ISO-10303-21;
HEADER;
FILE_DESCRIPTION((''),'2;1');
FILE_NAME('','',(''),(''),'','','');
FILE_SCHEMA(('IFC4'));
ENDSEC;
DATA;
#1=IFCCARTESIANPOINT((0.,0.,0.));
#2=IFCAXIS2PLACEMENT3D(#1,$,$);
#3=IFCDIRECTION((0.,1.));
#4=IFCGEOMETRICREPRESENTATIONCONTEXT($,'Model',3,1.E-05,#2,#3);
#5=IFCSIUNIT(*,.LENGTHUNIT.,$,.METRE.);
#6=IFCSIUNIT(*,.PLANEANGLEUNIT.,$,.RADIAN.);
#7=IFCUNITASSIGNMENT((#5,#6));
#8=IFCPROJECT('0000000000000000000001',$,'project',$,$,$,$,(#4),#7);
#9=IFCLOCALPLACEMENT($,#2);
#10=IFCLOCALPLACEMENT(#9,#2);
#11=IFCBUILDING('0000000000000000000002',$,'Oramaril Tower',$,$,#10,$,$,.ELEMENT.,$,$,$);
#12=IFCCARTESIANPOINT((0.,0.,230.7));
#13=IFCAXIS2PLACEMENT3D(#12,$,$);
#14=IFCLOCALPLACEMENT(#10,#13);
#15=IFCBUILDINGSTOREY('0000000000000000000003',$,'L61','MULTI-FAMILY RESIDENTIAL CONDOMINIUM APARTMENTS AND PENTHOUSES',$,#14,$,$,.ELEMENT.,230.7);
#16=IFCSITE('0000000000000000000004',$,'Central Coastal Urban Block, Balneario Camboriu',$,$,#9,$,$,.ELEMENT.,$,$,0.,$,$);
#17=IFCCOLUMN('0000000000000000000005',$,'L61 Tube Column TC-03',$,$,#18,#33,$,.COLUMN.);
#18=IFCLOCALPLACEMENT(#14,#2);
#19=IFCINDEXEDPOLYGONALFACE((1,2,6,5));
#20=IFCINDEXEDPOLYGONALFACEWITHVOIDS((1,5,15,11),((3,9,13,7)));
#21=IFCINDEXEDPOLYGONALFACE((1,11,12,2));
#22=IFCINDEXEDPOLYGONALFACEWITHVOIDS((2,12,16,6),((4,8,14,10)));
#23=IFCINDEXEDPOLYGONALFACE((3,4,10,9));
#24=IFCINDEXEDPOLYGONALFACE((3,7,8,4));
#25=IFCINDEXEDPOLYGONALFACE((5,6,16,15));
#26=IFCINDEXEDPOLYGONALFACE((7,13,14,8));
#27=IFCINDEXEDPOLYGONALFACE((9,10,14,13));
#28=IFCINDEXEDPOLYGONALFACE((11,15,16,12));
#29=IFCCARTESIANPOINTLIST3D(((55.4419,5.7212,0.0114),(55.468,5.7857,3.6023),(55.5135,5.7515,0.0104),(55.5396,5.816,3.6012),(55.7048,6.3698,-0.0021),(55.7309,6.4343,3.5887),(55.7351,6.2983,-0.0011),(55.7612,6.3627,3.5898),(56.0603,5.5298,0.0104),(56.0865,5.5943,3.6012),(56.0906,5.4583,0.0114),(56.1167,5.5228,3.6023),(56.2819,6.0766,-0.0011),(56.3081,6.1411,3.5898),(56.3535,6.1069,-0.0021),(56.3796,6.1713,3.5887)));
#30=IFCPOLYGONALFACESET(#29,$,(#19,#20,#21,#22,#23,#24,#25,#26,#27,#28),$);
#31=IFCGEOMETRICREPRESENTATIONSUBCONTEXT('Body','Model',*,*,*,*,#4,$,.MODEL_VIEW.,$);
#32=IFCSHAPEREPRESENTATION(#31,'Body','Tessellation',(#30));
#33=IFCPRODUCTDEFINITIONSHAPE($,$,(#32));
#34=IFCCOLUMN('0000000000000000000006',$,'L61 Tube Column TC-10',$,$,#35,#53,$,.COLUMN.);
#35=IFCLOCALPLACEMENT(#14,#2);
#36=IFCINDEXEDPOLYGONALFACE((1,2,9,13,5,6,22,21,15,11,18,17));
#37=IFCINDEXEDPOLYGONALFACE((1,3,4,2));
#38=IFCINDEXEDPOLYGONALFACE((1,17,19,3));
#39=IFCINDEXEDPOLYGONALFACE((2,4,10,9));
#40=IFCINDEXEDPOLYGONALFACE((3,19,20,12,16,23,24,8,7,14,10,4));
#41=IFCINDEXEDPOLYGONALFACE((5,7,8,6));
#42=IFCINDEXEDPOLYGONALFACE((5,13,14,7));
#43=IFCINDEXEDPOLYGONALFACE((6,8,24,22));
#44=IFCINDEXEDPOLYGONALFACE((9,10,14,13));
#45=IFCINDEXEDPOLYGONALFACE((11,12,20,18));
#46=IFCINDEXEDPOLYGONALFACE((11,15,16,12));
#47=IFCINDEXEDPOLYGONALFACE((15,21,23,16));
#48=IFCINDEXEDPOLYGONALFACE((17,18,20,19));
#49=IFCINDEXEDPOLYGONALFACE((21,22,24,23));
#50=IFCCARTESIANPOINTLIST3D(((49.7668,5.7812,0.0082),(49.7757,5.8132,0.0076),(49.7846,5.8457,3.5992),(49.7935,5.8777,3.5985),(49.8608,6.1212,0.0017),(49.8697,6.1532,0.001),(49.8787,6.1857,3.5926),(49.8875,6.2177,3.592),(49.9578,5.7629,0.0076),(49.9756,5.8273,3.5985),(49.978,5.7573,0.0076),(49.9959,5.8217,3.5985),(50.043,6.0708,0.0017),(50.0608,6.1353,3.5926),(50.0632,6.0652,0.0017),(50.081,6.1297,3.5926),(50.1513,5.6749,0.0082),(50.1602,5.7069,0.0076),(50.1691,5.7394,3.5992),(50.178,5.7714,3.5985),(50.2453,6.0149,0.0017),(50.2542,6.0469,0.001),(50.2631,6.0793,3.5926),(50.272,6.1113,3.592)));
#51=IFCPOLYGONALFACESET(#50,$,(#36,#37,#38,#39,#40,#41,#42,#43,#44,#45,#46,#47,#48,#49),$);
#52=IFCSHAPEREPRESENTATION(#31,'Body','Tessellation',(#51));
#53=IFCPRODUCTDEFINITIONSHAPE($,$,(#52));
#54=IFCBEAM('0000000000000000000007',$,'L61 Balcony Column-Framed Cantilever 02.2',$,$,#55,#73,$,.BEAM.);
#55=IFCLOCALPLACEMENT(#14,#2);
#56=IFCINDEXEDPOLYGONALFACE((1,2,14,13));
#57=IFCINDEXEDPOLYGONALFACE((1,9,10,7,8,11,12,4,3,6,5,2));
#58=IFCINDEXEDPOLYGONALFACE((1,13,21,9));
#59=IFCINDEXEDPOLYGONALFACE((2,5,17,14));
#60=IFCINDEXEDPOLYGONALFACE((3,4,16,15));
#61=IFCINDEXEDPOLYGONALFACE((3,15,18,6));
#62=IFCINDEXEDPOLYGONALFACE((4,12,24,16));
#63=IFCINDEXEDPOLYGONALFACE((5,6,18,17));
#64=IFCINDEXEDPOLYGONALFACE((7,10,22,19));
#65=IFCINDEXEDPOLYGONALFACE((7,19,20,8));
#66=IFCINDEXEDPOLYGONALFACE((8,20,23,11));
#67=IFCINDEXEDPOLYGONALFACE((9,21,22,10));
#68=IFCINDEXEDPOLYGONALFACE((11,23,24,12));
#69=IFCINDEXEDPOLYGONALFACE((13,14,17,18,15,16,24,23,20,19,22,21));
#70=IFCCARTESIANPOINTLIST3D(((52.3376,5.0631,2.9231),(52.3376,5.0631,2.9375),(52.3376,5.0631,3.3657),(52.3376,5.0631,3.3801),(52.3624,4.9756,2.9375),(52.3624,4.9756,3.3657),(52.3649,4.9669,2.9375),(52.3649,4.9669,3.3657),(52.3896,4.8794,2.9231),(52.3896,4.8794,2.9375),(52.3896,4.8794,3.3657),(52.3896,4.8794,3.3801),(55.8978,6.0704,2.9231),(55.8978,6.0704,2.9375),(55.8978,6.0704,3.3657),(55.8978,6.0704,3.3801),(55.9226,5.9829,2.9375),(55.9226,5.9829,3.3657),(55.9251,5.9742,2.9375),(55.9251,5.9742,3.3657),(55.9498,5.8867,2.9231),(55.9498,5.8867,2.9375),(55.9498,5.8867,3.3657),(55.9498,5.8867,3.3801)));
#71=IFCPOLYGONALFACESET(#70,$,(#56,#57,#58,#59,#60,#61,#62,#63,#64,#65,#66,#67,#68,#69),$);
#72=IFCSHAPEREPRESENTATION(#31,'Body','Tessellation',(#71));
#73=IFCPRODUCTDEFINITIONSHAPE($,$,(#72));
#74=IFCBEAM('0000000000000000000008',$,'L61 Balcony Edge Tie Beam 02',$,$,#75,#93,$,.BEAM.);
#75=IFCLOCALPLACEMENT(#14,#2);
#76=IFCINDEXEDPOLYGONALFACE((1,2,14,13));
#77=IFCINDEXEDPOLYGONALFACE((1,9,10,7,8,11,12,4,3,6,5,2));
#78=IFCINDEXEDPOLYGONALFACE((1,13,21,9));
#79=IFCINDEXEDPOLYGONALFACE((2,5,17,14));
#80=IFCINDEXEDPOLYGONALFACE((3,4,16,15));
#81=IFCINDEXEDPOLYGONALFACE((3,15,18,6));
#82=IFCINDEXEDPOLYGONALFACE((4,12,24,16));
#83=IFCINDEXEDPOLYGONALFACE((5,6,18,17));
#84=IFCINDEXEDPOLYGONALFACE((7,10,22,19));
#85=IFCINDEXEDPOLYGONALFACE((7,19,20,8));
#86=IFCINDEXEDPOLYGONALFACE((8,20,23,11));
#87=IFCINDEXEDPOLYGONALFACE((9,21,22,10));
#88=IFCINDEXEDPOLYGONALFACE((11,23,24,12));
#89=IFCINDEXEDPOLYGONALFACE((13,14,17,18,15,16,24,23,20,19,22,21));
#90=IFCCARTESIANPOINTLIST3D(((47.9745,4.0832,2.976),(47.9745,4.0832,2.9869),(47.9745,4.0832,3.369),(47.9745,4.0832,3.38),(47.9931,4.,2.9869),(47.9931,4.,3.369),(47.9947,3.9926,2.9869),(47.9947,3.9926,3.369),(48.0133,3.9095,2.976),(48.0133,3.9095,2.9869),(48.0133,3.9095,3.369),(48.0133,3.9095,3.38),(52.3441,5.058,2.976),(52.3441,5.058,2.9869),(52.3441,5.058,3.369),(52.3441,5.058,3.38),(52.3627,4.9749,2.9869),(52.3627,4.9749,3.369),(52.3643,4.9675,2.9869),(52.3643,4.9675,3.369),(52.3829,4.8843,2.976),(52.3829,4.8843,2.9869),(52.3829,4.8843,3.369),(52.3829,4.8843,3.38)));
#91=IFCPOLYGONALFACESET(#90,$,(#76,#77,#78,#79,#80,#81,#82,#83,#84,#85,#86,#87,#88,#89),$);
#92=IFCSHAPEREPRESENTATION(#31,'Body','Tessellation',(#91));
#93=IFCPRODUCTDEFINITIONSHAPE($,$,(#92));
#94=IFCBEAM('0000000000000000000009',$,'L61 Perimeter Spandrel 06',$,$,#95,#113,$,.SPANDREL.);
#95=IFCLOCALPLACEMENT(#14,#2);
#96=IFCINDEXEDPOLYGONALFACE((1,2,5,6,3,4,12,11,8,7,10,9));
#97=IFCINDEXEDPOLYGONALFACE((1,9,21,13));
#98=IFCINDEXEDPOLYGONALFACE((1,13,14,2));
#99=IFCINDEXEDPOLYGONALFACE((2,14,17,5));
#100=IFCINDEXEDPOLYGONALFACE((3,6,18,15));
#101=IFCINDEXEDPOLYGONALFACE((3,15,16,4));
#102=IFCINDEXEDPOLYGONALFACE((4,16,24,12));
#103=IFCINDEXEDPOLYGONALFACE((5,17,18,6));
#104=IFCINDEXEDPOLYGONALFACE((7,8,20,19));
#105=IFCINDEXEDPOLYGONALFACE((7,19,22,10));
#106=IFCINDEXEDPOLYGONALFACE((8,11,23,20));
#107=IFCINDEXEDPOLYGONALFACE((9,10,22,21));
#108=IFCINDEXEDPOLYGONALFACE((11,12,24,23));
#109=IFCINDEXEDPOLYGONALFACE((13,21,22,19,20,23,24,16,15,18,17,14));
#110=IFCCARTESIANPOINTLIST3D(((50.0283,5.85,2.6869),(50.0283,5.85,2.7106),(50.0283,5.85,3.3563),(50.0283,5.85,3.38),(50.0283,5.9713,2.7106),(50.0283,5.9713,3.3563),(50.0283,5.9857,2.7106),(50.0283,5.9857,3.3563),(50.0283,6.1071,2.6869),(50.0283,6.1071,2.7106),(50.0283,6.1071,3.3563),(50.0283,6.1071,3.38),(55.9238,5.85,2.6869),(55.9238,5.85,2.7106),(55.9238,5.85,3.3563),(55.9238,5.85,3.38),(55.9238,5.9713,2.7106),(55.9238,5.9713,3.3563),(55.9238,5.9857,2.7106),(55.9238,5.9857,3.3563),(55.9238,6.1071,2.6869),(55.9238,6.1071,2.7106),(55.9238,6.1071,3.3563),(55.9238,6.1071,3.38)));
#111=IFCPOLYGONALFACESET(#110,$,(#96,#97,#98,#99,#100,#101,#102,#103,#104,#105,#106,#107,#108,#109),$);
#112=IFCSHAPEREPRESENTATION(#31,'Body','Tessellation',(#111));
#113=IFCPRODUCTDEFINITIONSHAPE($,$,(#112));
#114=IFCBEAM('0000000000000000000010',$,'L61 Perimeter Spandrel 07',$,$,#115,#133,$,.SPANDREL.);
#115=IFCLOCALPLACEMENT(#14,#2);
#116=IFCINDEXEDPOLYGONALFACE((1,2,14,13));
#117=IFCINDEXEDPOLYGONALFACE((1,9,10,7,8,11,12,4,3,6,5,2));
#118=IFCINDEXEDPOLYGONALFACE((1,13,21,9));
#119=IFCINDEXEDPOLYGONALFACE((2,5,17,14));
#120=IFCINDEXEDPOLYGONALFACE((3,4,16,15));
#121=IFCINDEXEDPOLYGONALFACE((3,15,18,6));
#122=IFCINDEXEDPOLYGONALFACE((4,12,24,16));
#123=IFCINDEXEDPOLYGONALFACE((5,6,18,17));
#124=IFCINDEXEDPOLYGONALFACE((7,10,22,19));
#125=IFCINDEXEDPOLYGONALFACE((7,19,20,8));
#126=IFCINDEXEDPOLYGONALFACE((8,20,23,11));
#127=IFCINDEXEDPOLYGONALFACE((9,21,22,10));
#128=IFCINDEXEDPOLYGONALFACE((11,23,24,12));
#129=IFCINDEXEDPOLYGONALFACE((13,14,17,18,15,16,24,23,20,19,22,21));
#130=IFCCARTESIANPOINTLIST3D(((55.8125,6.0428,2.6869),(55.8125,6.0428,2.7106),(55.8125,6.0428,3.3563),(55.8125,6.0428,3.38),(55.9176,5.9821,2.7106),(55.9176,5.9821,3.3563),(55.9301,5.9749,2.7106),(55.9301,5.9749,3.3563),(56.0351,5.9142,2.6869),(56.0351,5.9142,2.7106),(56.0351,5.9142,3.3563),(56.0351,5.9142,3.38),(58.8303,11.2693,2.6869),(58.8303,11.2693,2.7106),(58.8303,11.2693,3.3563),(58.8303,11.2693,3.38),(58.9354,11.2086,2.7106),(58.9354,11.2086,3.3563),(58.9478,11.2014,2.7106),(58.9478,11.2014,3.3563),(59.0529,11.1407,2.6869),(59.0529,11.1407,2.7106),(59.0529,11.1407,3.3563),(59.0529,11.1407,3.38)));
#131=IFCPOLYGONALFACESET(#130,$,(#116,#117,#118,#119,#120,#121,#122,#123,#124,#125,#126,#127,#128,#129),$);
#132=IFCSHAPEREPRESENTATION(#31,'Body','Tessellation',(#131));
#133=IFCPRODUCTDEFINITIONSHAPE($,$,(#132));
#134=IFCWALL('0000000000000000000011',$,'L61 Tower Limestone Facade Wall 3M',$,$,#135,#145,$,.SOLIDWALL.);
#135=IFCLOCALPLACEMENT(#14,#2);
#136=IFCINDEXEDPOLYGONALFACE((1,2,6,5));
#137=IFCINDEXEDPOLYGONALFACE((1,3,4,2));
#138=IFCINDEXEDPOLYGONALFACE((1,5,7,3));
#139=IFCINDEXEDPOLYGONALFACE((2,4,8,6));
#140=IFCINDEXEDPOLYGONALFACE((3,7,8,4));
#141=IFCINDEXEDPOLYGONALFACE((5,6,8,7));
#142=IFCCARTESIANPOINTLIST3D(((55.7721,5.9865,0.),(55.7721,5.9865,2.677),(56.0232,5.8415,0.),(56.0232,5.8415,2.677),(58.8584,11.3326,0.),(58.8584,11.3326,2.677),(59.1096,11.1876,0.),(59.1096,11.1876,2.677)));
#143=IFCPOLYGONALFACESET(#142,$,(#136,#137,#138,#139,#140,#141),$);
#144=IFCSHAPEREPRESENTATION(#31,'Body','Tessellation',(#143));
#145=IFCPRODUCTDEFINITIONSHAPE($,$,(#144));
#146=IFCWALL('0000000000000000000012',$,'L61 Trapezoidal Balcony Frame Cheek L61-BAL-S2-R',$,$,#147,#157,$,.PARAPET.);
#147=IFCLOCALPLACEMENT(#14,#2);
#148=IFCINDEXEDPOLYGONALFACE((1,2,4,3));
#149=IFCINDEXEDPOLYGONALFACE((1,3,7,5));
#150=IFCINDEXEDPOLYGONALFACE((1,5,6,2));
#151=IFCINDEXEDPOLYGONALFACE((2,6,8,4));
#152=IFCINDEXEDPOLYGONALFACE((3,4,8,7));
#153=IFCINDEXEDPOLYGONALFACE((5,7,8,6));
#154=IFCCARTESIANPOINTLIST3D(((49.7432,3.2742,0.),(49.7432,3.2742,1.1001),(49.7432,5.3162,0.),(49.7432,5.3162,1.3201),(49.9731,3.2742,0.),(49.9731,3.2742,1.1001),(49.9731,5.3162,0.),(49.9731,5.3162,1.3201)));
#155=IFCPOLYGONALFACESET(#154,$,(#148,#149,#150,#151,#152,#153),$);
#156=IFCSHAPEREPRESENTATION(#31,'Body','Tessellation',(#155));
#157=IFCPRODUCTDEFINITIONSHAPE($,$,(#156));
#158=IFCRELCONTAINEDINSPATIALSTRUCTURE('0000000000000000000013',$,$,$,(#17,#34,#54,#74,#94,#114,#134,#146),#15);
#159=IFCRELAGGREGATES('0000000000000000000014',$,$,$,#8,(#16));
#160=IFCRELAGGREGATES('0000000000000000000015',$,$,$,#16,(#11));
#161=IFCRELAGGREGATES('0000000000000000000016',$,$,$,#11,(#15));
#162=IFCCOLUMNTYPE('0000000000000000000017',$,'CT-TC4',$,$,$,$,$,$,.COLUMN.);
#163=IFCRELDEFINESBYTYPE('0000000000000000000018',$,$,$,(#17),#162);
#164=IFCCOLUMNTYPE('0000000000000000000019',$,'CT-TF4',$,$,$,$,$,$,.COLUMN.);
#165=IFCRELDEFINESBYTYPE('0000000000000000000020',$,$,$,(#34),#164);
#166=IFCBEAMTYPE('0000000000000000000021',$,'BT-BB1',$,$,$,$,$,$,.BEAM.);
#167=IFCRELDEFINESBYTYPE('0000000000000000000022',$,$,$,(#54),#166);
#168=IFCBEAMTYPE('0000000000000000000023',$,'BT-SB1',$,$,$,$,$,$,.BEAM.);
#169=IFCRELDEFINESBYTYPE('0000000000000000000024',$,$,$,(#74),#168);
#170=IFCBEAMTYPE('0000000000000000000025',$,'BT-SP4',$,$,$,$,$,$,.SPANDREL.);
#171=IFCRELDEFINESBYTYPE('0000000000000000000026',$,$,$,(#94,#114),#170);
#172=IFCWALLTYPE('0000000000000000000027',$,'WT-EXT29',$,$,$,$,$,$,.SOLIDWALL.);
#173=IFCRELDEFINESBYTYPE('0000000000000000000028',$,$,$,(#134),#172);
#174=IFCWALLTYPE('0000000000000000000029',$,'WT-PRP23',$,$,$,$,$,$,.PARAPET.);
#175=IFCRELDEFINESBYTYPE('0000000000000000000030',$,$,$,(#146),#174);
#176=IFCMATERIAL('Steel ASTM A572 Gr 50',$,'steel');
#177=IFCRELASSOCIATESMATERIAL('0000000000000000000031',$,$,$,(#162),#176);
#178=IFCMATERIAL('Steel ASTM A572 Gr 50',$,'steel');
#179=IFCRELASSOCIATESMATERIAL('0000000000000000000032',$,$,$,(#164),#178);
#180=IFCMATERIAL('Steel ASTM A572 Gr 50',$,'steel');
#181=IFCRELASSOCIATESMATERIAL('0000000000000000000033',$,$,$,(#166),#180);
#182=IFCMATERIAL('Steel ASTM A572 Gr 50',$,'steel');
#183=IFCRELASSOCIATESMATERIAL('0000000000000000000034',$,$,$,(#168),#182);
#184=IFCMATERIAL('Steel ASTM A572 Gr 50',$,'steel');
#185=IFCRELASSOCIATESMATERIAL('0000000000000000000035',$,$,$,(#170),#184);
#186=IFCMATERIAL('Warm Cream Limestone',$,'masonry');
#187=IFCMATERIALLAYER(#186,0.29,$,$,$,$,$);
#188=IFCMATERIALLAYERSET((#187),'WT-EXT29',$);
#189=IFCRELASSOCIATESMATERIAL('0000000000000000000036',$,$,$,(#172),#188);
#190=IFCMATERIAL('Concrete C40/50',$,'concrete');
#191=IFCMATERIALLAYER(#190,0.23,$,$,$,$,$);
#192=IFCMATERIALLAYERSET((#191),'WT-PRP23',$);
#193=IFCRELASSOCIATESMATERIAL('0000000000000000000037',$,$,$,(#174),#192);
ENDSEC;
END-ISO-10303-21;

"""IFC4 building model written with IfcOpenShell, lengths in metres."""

from ifc_helpers import new_model, si_unit, direction, frame, frame_2d, origin, origin_2d, place, context, subcontext, project, spatial, polyline, rectangle, hollow_rectangle, i_section, outline, extrude, material, layer, layer_set, material_profile, profile_set, type_object, element, save


model = new_model("IFC4")

# Units and contexts
model_context = context("Model", 3, precision=1e-05, world=origin(), true_north=direction((0.0, 1.0)))
body_context = subcontext(model_context, "Body", "Model", "MODEL_VIEW")
ifc_project = project(units=[si_unit("LENGTHUNIT", "METRE"), si_unit("PLANEANGLEUNIT", "RADIAN")], contexts=[model_context])

# Site, building, storey
site_placement = place(None, origin())
site = spatial("IfcSite", under=ifc_project, at=site_placement, Name="Central Coastal Urban Block, Balneario Camboriu", CompositionType="ELEMENT", RefElevation=0.0)
building_placement = place(site_placement, origin())
building = spatial("IfcBuilding", under=site, at=building_placement, Name="Oramaril Tower", CompositionType="ELEMENT")
storey_placement = place(building_placement, frame((0.0, 0.0, 230.7)))
storey = spatial("IfcBuildingStorey", under=building, at=storey_placement, Name="L61", Description="MULTI-FAMILY RESIDENTIAL CONDOMINIUM APARTMENTS AND PENTHOUSES", CompositionType="ELEMENT", Elevation=230.7)

# Columns
ifc_material_1 = material(Name="Steel ASTM A572 Gr 50", Category="steel")
ifc_material_profile_1 = material_profile(ifc_material_1, hollow_rectangle(XDim=0.7, YDim=0.7, WallThickness=0.0549, at=origin_2d()), Name="BOX700X700X55")
ifc_profile_set_1 = profile_set([ifc_material_profile_1], Name="Steel ASTM A572 Gr 50")
column_type_1 = type_object("IfcColumnType", Name="CT-TC4", PredefinedType="COLUMN", material=ifc_profile_set_1)
column_1_placement = place(storey_placement, frame((55.8977, 5.9141, 0.0046), z_axis=(0.007274, 0.017946, 0.999812), x_axis=(-0.926772, 0.375624, 0.0)))
element("IfcColumn", 1, at=column_1_placement, inside=storey, type_object=column_type_1, Name="L61 Tube Column TC-03", PredefinedType="COLUMN", context=body_context, shape_type="SweptSolid", body=[
    extrude(hollow_rectangle(XDim=0.7, YDim=0.7, WallThickness=0.0549, at=origin_2d()), origin(), (0.0, 0.0, 1.0), 3.5916),
])
ifc_material_2 = material(Name="Steel ASTM A572 Gr 50", Category="steel")
ifc_material_profile_2 = material_profile(ifc_material_2, i_section(OverallWidth=0.3989, OverallDepth=0.386, WebThickness=0.021, FlangeThickness=0.0332, at=origin_2d()), Name="W14X176")
ifc_profile_set_2 = profile_set([ifc_material_profile_2], Name="Steel ASTM A572 Gr 50")
column_type_2 = type_object("IfcColumnType", Name="CT-TF4", PredefinedType="COLUMN", material=ifc_profile_set_2)
column_2_placement = place(storey_placement, frame((50.0105, 5.9141, 0.0046), z_axis=(0.004962, 0.017946, 0.999827), x_axis=(-0.963831, 0.266514, 0.0)))
element("IfcColumn", 2, at=column_2_placement, inside=storey, type_object=column_type_2, Name="L61 Tube Column TC-10", PredefinedType="COLUMN", context=body_context, shape_type="SweptSolid", body=[
    extrude(i_section(OverallWidth=0.3989, OverallDepth=0.386, WebThickness=0.021, FlangeThickness=0.0332, at=origin_2d()), origin(), (0.0, 0.0, 1.0), 3.5916),
])

# Beams
ifc_material_3 = material(Name="Steel ASTM A572 Gr 50", Category="steel")
ifc_material_profile_3 = material_profile(ifc_material_3, i_section(OverallWidth=0.1909, OverallDepth=0.457, WebThickness=0.009, FlangeThickness=0.0144, at=origin_2d()), Name="W18X50")
ifc_profile_set_3 = profile_set([ifc_material_profile_3], Name="Steel ASTM A572 Gr 50")
beam_type_1 = type_object("IfcBeamType", Name="BT-BB1", PredefinedType="BEAM", material=ifc_profile_set_3)
beam_1_placement = place(storey_placement, frame((55.9238, 5.9785, 3.1516), z_axis=(-0.962228, -0.272245, 0.0), x_axis=(0.272245, -0.962228, 0.0)))
element("IfcBeam", 3, at=beam_1_placement, inside=storey, type_object=beam_type_1, Name="L61 Balcony Column-Framed Cantilever 02.2", PredefinedType="BEAM", context=body_context, shape_type="SweptSolid", body=[
    extrude(i_section(OverallWidth=0.1909, OverallDepth=0.457, WebThickness=0.009, FlangeThickness=0.0144, at=origin_2d()), origin(), (0.0, 0.0, 1.0), 3.7),
])
ifc_material_4 = material(Name="Steel ASTM A572 Gr 50", Category="steel")
ifc_material_profile_4 = material_profile(ifc_material_4, i_section(OverallWidth=0.178, OverallDepth=0.4041, WebThickness=0.0076, FlangeThickness=0.011, at=origin_2d()), Name="W16X36")
ifc_profile_set_4 = profile_set([ifc_material_profile_4], Name="Steel ASTM A572 Gr 50")
beam_type_2 = type_object("IfcBeamType", Name="BT-SB1", PredefinedType="BEAM", material=ifc_profile_set_4)
beam_2_placement = place(storey_placement, frame((47.9939, 3.9963, 3.178), z_axis=(0.976006, 0.217745, 0.0), x_axis=(-0.217745, 0.976006, 0.0)))
element("IfcBeam", 4, at=beam_2_placement, inside=storey, type_object=beam_type_2, Name="L61 Balcony Edge Tie Beam 02", PredefinedType="BEAM", context=body_context, shape_type="SweptSolid", body=[
    extrude(i_section(OverallWidth=0.178, OverallDepth=0.4041, WebThickness=0.0076, FlangeThickness=0.011, at=origin_2d()), origin(), (0.0, 0.0, 1.0), 4.4771),
])
ifc_material_5 = material(Name="Steel ASTM A572 Gr 50", Category="steel")
ifc_material_profile_5 = material_profile(ifc_material_5, i_section(OverallWidth=0.2571, OverallDepth=0.6931, WebThickness=0.0144, FlangeThickness=0.0237, at=origin_2d()), Name="W27X114")
ifc_profile_set_5 = profile_set([ifc_material_profile_5], Name="Steel ASTM A572 Gr 50")
beam_type_3 = type_object("IfcBeamType", Name="BT-SP4", PredefinedType="SPANDREL", material=ifc_profile_set_5)
beam_3_placement = place(storey_placement, frame((50.0283, 5.9785, 3.0334), z_axis=(1.0, 0.0, 0.0), x_axis=(0.0, 1.0, 0.0)))
element("IfcBeam", 5, at=beam_3_placement, inside=storey, type_object=beam_type_3, Name="L61 Perimeter Spandrel 06", PredefinedType="SPANDREL", context=body_context, shape_type="SweptSolid", body=[
    extrude(i_section(OverallWidth=0.2571, OverallDepth=0.6931, WebThickness=0.0144, FlangeThickness=0.0237, at=origin_2d()), origin(), (0.0, 0.0, 1.0), 5.8955),
])
beam_4_placement = place(storey_placement, frame((55.9238, 5.9785, 3.0334), z_axis=(0.500033, 0.866006, 0.0), x_axis=(-0.866006, 0.500033, 0.0)))
element("IfcBeam", 6, at=beam_4_placement, inside=storey, type_object=beam_type_3, Name="L61 Perimeter Spandrel 07", PredefinedType="SPANDREL", context=body_context, shape_type="SweptSolid", body=[
    extrude(i_section(OverallWidth=0.2571, OverallDepth=0.6931, WebThickness=0.0144, FlangeThickness=0.0237, at=origin_2d()), origin(), (0.0, 0.0, 1.0), 6.0352),
])

# Walls
ifc_material_6 = material(Name="Warm Cream Limestone", Category="masonry")
ifc_layer_1 = layer(ifc_material_6, 0.29)
ifc_layer_set_1 = layer_set([ifc_layer_1], Name="WT-EXT29")
wall_type_1 = type_object("IfcWallType", Name="WT-EXT29", PredefinedType="SOLIDWALL", material=ifc_layer_set_1)
wall_1_placement = place(storey_placement, frame((55.8977, 5.9141, 0.0), z_axis=(0.0, 0.0, 1.0), x_axis=(0.499976, 0.866039, 0.0)))
element("IfcWall", 7, at=wall_1_placement, inside=storey, type_object=wall_type_1, Name="L61 Tower Limestone Facade Wall 3M", PredefinedType="SOLIDWALL", context=body_context, shape_type="SweptSolid", body=[
    extrude(rectangle(XDim=6.1731, YDim=0.29, at=frame_2d((3.0864, 0.0))), origin(), (0.0, 0.0, 1.0), 2.677),
])
ifc_material_7 = material(Name="Concrete C40/50", Category="concrete")
ifc_layer_2 = layer(ifc_material_7, 0.23)
ifc_layer_set_2 = layer_set([ifc_layer_2], Name="WT-PRP23")
wall_type_2 = type_object("IfcWallType", Name="WT-PRP23", PredefinedType="PARAPET", material=ifc_layer_set_2)
wall_2_placement = place(storey_placement, frame((49.8582, 5.3162, 0.0), z_axis=(0.0, 0.0, 1.0), x_axis=(0.0, -1.0, 0.0)))
element("IfcWall", 8, at=wall_2_placement, inside=storey, type_object=wall_type_2, Name="L61 Trapezoidal Balcony Frame Cheek L61-BAL-S2-R", PredefinedType="PARAPET", context=body_context, shape_type="SweptSolid", body=[
    extrude(outline(polyline([(0.0, 0.0), (2.042, 0.0), (2.042, 1.1001), (0.0, 1.3201), (0.0, 0.0)])), frame((0.0, 0.115, 0.0), z_axis=(0.0, -1.0, 0.0), x_axis=(1.0, 0.0, 0.0)), (0.0, 0.0, 1.0), 0.23),
])

save(model, "model.ifc")
